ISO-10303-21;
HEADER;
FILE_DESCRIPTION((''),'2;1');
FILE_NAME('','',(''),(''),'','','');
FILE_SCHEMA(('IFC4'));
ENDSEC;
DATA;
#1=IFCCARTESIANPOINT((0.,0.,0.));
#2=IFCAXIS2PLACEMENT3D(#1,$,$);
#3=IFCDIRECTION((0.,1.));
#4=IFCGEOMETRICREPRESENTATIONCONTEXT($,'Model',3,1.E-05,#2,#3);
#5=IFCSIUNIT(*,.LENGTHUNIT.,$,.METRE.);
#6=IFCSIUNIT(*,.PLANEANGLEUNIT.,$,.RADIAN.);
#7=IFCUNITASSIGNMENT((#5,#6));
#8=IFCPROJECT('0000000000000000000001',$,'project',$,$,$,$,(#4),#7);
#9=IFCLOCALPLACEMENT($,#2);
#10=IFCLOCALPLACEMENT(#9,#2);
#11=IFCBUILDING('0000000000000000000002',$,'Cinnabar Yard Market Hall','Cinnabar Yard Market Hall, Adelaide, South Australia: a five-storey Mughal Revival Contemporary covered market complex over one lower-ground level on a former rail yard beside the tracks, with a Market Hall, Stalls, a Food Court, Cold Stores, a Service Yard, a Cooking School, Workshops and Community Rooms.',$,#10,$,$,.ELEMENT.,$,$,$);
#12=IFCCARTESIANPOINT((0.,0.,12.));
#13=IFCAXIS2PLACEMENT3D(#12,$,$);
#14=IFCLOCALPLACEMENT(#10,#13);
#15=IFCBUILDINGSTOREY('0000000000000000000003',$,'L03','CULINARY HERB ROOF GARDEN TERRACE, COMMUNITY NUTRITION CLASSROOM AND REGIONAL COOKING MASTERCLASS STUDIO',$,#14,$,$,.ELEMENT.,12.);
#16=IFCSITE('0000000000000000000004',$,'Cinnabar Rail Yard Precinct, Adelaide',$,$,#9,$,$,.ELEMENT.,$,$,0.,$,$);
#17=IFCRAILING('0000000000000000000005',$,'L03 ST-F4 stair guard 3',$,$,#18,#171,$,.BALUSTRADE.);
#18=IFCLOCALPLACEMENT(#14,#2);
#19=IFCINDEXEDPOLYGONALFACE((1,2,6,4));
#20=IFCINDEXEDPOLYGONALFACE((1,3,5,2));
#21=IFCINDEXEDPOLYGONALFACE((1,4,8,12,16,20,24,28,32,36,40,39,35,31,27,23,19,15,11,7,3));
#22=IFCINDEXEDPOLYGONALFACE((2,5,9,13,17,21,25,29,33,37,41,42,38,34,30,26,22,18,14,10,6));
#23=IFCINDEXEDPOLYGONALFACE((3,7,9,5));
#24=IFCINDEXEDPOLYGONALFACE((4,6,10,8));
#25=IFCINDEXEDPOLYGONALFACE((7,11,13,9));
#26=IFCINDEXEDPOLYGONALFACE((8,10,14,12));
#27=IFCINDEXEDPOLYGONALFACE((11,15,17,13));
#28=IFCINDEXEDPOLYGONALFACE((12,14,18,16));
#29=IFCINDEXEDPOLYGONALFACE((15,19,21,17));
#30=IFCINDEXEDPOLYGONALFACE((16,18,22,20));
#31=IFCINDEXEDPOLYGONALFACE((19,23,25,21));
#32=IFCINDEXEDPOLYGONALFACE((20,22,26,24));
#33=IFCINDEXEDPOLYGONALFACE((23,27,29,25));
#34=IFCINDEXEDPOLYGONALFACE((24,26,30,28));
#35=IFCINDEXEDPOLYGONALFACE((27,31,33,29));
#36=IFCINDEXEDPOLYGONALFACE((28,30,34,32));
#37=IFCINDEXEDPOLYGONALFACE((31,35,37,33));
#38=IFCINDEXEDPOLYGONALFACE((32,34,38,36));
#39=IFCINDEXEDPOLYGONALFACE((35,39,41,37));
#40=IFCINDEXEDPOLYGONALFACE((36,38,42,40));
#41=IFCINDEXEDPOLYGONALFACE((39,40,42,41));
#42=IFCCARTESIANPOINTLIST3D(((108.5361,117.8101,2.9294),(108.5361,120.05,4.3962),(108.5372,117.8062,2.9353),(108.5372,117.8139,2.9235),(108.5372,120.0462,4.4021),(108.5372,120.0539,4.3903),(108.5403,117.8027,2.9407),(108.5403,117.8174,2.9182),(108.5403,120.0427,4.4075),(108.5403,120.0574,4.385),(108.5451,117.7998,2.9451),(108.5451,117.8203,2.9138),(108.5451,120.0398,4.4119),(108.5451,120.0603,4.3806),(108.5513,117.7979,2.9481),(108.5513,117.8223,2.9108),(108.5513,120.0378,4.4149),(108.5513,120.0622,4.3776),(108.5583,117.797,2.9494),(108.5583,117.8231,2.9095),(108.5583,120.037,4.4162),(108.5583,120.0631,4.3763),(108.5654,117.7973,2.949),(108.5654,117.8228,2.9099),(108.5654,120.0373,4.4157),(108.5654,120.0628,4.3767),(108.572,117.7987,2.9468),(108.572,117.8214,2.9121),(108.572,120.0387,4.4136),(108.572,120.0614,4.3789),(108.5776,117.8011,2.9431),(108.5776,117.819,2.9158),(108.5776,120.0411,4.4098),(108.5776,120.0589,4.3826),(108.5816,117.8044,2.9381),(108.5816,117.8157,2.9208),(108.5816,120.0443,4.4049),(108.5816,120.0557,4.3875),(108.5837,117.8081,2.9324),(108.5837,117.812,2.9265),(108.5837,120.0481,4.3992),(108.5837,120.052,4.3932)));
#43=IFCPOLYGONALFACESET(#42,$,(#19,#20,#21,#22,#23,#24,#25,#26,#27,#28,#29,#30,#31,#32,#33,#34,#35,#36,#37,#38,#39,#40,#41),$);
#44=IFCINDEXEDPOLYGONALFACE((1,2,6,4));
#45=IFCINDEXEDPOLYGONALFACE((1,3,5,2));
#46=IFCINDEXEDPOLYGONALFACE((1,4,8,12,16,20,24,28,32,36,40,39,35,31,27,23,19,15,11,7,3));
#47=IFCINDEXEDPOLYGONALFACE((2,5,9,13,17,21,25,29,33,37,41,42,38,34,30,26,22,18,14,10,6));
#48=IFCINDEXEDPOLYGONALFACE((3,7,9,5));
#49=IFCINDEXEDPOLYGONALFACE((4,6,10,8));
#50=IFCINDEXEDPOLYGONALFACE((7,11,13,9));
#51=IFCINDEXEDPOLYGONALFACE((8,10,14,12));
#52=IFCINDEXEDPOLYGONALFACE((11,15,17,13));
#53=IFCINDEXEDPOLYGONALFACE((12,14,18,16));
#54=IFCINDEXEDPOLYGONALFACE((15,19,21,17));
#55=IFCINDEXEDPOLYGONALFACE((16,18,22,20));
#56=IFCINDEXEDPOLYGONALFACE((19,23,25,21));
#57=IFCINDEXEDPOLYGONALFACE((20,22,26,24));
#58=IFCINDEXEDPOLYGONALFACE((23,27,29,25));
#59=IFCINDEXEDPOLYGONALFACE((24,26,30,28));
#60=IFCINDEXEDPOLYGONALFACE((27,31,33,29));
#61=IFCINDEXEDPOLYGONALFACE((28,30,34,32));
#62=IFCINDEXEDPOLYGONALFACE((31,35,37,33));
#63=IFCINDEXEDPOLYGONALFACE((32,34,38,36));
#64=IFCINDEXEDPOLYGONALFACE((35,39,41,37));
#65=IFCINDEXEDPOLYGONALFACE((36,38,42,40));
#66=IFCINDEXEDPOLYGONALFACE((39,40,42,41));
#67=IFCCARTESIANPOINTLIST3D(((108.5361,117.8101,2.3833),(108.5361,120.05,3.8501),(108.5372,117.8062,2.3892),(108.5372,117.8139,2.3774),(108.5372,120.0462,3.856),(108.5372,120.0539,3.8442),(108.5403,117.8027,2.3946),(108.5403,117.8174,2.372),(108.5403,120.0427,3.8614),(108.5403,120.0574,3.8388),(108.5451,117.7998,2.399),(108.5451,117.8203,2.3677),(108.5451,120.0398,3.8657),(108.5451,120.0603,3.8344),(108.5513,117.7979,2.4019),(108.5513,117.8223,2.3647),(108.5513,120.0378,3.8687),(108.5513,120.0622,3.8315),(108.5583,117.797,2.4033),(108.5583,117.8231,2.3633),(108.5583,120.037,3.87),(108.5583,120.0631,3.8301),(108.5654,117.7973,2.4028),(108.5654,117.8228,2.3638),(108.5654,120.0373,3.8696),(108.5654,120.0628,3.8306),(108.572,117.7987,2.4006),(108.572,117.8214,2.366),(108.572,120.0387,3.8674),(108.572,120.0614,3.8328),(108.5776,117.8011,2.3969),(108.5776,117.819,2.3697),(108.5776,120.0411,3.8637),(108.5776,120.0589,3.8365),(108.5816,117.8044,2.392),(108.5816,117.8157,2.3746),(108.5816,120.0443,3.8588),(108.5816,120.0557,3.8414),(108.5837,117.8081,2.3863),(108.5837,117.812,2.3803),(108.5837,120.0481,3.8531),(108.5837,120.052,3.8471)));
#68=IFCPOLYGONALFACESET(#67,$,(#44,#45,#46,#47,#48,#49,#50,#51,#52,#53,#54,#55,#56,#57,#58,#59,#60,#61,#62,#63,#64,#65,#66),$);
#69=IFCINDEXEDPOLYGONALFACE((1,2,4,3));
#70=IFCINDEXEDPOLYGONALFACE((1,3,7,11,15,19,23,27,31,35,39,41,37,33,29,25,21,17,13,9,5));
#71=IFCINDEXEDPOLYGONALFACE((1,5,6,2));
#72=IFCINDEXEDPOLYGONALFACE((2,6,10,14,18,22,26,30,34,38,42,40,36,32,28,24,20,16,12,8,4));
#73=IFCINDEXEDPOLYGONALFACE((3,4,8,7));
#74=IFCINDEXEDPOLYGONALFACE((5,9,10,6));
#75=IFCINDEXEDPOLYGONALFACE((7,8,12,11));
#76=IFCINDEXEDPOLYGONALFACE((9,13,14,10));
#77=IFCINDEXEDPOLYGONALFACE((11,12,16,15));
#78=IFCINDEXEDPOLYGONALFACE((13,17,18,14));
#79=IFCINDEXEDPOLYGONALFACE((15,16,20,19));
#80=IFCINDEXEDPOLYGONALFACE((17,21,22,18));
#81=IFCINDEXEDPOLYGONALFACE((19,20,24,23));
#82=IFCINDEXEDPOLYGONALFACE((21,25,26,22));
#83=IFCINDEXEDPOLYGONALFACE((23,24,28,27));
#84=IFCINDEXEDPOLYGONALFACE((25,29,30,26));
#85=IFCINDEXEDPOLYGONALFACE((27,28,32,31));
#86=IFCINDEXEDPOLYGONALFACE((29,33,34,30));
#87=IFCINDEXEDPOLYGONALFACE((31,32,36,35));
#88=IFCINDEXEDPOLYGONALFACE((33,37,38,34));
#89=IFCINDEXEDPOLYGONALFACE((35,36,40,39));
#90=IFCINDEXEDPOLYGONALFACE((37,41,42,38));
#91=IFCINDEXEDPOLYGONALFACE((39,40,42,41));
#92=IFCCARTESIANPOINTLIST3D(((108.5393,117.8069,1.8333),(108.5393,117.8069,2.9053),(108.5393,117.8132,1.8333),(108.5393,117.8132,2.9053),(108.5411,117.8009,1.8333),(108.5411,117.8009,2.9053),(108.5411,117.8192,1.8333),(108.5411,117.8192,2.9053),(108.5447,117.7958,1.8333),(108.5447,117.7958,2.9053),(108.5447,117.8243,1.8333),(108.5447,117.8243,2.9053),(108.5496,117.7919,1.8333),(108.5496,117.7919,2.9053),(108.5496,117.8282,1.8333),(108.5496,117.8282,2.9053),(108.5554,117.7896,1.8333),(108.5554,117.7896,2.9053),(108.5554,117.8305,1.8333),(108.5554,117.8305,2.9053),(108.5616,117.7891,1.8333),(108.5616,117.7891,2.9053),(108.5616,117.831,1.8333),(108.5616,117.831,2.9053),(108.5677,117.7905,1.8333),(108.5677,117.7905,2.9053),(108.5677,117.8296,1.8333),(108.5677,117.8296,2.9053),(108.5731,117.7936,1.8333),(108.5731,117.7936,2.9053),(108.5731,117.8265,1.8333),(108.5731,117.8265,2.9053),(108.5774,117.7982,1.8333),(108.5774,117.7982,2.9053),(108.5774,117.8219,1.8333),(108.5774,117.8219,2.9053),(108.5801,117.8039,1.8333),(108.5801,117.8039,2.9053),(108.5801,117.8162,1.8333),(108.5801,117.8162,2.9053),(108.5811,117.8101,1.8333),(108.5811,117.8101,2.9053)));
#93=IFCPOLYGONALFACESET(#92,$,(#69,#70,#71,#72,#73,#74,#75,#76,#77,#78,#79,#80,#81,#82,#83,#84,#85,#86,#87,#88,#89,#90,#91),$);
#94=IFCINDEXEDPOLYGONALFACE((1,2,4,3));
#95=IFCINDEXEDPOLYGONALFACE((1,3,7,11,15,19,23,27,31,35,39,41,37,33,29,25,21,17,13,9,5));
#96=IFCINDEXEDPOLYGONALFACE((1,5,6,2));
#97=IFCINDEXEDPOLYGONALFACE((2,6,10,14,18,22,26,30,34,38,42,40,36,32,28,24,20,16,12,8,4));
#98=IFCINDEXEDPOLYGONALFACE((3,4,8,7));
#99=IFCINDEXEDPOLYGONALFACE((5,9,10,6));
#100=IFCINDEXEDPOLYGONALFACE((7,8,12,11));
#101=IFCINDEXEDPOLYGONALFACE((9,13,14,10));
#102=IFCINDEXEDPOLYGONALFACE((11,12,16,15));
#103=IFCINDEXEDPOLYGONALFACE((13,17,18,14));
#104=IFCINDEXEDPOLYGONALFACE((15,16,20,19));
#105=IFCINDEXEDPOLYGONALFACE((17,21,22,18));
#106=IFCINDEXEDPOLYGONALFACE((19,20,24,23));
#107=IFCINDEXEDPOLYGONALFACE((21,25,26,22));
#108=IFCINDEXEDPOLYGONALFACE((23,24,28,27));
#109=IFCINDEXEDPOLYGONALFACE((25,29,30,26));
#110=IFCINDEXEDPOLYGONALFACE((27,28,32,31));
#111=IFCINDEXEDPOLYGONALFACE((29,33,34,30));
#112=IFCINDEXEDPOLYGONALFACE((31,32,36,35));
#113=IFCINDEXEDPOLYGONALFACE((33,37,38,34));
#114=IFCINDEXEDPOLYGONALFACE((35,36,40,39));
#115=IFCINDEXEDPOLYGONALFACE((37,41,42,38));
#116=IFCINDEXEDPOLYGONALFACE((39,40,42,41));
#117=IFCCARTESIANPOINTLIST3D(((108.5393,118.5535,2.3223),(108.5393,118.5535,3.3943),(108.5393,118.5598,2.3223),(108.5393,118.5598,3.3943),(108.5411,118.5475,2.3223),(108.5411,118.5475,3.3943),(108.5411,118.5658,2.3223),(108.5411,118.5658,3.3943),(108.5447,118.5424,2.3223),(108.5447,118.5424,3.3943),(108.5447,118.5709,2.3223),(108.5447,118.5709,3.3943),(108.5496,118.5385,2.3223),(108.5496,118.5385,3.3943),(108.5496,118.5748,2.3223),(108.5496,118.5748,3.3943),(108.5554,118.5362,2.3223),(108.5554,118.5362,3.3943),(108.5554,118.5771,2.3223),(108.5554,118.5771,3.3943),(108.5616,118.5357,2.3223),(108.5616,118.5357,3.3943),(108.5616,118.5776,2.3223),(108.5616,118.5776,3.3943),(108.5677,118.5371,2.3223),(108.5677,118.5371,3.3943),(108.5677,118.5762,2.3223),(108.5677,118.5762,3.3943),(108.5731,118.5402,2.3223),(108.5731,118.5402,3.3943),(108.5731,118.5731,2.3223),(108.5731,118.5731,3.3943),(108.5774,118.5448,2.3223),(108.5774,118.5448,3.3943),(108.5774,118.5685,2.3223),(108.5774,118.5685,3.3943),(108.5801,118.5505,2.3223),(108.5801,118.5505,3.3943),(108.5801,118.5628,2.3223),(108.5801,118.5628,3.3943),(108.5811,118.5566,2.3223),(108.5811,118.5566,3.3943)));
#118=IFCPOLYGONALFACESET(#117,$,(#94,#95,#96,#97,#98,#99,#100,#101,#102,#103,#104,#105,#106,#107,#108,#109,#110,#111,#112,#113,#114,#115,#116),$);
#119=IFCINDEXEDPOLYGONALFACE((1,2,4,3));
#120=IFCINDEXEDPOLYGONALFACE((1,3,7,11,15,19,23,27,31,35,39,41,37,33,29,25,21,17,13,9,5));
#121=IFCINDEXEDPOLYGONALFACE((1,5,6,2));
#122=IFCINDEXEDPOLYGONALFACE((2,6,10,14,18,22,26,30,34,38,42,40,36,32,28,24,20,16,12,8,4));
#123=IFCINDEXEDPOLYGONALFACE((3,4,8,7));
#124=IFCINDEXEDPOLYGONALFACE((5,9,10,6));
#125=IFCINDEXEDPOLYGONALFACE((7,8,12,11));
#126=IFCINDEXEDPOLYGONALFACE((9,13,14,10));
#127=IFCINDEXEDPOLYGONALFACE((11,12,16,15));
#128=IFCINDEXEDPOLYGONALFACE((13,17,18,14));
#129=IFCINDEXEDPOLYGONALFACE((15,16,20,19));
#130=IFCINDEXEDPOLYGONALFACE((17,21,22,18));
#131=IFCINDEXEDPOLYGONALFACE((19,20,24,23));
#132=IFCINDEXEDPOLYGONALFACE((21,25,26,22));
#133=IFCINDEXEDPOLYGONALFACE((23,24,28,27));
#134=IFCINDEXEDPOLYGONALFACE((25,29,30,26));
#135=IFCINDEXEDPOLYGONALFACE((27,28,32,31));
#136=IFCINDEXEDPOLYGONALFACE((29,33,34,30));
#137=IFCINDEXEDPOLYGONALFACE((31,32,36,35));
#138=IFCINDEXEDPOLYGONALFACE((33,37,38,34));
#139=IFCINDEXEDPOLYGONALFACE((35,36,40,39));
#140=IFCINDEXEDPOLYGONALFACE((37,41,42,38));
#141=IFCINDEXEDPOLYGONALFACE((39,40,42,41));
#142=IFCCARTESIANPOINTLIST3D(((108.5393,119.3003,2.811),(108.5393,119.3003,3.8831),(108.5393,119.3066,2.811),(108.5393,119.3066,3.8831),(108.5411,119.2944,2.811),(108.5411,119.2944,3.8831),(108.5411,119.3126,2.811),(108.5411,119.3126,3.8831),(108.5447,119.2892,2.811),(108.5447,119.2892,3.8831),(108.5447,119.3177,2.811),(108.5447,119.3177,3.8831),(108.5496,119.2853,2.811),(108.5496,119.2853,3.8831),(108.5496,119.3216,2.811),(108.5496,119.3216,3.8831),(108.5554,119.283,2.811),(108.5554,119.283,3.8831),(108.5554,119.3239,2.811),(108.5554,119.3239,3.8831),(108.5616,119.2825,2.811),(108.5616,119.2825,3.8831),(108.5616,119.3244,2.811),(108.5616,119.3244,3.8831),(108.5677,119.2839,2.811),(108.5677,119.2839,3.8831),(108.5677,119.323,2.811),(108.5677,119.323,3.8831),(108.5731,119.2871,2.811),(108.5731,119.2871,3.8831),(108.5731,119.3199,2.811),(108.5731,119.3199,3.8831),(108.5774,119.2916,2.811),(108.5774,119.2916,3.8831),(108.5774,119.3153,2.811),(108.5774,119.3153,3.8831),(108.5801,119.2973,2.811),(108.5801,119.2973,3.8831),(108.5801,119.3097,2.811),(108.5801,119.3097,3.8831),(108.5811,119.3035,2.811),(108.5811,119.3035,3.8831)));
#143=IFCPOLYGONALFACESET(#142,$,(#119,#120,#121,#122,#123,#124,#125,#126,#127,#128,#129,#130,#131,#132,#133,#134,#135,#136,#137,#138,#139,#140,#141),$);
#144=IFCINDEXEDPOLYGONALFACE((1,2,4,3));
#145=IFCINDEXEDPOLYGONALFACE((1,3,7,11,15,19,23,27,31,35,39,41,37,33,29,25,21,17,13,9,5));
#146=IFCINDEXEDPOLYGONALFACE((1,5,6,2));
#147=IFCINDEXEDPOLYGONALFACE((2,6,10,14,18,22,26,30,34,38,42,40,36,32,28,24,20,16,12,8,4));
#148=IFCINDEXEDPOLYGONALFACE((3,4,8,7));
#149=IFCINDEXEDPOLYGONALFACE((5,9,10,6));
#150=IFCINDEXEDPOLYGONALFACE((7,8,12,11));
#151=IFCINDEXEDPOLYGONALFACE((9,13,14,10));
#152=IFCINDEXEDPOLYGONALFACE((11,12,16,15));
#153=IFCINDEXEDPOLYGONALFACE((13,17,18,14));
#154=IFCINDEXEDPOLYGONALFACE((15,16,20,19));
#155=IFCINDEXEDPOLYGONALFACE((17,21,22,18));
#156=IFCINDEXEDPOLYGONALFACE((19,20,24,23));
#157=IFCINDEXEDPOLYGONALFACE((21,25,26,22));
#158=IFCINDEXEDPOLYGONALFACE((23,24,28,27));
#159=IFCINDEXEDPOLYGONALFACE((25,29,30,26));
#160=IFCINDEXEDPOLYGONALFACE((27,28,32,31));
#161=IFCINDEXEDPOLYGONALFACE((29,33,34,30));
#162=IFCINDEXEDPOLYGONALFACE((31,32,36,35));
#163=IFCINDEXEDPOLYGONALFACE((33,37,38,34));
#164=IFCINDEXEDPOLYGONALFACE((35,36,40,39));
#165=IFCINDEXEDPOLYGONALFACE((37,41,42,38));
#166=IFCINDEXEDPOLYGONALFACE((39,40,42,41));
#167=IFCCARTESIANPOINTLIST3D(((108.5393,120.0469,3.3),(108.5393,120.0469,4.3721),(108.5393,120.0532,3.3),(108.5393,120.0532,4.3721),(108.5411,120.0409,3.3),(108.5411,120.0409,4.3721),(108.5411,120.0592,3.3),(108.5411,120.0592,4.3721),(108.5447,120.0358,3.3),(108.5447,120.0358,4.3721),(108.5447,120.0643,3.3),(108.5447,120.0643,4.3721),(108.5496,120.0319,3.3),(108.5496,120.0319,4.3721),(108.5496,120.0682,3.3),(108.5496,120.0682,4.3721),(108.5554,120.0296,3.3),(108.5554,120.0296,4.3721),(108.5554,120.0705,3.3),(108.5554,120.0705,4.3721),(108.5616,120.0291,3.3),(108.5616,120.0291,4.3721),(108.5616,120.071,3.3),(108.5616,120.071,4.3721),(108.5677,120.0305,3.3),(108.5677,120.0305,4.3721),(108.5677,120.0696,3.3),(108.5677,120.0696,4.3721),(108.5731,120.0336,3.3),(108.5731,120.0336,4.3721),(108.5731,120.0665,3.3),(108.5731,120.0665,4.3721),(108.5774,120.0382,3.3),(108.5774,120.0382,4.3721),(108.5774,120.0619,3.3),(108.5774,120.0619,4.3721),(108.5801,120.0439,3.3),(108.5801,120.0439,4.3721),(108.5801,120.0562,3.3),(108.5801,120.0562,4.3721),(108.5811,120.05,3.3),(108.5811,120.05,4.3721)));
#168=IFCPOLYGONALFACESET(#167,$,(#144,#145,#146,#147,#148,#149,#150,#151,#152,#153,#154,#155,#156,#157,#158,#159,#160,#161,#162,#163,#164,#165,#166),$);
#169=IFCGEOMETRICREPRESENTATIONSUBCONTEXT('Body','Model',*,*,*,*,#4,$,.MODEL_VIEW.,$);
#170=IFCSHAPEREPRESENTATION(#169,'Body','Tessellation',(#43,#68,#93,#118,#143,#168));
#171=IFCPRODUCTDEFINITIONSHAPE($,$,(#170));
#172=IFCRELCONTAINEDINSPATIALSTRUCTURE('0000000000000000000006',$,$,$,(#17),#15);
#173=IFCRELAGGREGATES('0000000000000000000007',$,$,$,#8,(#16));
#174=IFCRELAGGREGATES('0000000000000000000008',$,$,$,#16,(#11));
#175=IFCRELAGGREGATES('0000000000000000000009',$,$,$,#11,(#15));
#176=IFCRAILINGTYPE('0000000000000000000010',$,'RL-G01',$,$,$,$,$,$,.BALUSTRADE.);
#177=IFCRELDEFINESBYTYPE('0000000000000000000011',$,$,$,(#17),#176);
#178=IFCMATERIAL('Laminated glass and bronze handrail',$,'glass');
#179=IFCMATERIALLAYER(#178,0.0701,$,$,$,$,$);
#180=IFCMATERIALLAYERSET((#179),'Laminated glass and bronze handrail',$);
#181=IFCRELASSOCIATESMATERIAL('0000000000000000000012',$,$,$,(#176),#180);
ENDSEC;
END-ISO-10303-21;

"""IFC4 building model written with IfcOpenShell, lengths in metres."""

from ifc_helpers import new_model, si_unit, direction, frame, origin, origin_2d_with_axis, place, context, subcontext, project, spatial, circle, extrude, material, layer, layer_set, type_object, element, save


model = new_model("IFC4")

# Units and contexts
model_context = context("Model", 3, precision=1e-05, world=origin(), true_north=direction((0.0, 1.0)))
body_context = subcontext(model_context, "Body", "Model", "MODEL_VIEW")
ifc_project = project(units=[si_unit("LENGTHUNIT", "METRE"), si_unit("PLANEANGLEUNIT", "RADIAN")], contexts=[model_context])

# Site, building, storey
site_placement = place(None, origin())
site = spatial("IfcSite", under=ifc_project, at=site_placement, Name="Cinnabar Rail Yard Precinct, Adelaide", CompositionType="ELEMENT", RefElevation=0.0)
building_placement = place(site_placement, origin())
building = spatial("IfcBuilding", under=site, at=building_placement, Name="Cinnabar Yard Market Hall", Description="Cinnabar Yard Market Hall, Adelaide, South Australia: a five-storey Mughal Revival Contemporary covered market complex over one lower-ground level on a former rail yard beside the tracks, with a Market Hall, Stalls, a Food Court, Cold Stores, a Service Yard, a Cooking School, Workshops and Community Rooms.", CompositionType="ELEMENT")
storey_placement = place(building_placement, frame((0.0, 0.0, 12.0)))
storey = spatial("IfcBuildingStorey", under=building, at=storey_placement, Name="L03", Description="CULINARY HERB ROOF GARDEN TERRACE, COMMUNITY NUTRITION CLASSROOM AND REGIONAL COOKING MASTERCLASS STUDIO", CompositionType="ELEMENT", Elevation=12.0)

# Railing
ifc_material_1 = material(Name="Laminated glass and bronze handrail", Category="glass")
ifc_layer_1 = layer(ifc_material_1, 0.0701)
ifc_layer_set_1 = layer_set([ifc_layer_1], Name="Laminated glass and bronze handrail")
railing_type_1 = type_object("IfcRailingType", Name="RL-G01", PredefinedType="BALUSTRADE", material=ifc_layer_set_1)
railing_1_placement = place(storey_placement, frame((108.5601, 117.8101, 1.8333)))
element("IfcRailing", 1, at=railing_1_placement, inside=storey, type_object=railing_type_1, Name="L03 ST-F4 stair guard 3", PredefinedType="BALUSTRADE", context=body_context, shape_type="SweptSolid", body=[
    extrude(circle(Radius=0.0239, at=origin_2d_with_axis()), frame((0.0, 0.0, 1.0962), z_axis=(0.0, 0.836595, 0.547822), x_axis=(-1.0, 0.0, 0.0)), (0.0, 0.0, 1.0), 2.6775),
    extrude(circle(Radius=0.0239, at=origin_2d_with_axis()), frame((0.0, 0.0, 0.55), z_axis=(0.0, 0.836595, 0.547822), x_axis=(-1.0, 0.0, 0.0)), (0.0, 0.0, 1.0), 2.6775),
    extrude(circle(Radius=0.021, at=origin_2d_with_axis()), origin(), (0.0, 0.0, 1.0), 1.072),
    extrude(circle(Radius=0.021, at=origin_2d_with_axis()), frame((0.0, 0.7466, 0.489)), (0.0, 0.0, 1.0), 1.072),
    extrude(circle(Radius=0.021, at=origin_2d_with_axis()), frame((0.0, 1.4934, 0.9778)), (0.0, 0.0, 1.0), 1.072),
    extrude(circle(Radius=0.021, at=origin_2d_with_axis()), frame((0.0, 2.24, 1.4668)), (0.0, 0.0, 1.0), 1.072),
])

save(model, "model.ifc")
